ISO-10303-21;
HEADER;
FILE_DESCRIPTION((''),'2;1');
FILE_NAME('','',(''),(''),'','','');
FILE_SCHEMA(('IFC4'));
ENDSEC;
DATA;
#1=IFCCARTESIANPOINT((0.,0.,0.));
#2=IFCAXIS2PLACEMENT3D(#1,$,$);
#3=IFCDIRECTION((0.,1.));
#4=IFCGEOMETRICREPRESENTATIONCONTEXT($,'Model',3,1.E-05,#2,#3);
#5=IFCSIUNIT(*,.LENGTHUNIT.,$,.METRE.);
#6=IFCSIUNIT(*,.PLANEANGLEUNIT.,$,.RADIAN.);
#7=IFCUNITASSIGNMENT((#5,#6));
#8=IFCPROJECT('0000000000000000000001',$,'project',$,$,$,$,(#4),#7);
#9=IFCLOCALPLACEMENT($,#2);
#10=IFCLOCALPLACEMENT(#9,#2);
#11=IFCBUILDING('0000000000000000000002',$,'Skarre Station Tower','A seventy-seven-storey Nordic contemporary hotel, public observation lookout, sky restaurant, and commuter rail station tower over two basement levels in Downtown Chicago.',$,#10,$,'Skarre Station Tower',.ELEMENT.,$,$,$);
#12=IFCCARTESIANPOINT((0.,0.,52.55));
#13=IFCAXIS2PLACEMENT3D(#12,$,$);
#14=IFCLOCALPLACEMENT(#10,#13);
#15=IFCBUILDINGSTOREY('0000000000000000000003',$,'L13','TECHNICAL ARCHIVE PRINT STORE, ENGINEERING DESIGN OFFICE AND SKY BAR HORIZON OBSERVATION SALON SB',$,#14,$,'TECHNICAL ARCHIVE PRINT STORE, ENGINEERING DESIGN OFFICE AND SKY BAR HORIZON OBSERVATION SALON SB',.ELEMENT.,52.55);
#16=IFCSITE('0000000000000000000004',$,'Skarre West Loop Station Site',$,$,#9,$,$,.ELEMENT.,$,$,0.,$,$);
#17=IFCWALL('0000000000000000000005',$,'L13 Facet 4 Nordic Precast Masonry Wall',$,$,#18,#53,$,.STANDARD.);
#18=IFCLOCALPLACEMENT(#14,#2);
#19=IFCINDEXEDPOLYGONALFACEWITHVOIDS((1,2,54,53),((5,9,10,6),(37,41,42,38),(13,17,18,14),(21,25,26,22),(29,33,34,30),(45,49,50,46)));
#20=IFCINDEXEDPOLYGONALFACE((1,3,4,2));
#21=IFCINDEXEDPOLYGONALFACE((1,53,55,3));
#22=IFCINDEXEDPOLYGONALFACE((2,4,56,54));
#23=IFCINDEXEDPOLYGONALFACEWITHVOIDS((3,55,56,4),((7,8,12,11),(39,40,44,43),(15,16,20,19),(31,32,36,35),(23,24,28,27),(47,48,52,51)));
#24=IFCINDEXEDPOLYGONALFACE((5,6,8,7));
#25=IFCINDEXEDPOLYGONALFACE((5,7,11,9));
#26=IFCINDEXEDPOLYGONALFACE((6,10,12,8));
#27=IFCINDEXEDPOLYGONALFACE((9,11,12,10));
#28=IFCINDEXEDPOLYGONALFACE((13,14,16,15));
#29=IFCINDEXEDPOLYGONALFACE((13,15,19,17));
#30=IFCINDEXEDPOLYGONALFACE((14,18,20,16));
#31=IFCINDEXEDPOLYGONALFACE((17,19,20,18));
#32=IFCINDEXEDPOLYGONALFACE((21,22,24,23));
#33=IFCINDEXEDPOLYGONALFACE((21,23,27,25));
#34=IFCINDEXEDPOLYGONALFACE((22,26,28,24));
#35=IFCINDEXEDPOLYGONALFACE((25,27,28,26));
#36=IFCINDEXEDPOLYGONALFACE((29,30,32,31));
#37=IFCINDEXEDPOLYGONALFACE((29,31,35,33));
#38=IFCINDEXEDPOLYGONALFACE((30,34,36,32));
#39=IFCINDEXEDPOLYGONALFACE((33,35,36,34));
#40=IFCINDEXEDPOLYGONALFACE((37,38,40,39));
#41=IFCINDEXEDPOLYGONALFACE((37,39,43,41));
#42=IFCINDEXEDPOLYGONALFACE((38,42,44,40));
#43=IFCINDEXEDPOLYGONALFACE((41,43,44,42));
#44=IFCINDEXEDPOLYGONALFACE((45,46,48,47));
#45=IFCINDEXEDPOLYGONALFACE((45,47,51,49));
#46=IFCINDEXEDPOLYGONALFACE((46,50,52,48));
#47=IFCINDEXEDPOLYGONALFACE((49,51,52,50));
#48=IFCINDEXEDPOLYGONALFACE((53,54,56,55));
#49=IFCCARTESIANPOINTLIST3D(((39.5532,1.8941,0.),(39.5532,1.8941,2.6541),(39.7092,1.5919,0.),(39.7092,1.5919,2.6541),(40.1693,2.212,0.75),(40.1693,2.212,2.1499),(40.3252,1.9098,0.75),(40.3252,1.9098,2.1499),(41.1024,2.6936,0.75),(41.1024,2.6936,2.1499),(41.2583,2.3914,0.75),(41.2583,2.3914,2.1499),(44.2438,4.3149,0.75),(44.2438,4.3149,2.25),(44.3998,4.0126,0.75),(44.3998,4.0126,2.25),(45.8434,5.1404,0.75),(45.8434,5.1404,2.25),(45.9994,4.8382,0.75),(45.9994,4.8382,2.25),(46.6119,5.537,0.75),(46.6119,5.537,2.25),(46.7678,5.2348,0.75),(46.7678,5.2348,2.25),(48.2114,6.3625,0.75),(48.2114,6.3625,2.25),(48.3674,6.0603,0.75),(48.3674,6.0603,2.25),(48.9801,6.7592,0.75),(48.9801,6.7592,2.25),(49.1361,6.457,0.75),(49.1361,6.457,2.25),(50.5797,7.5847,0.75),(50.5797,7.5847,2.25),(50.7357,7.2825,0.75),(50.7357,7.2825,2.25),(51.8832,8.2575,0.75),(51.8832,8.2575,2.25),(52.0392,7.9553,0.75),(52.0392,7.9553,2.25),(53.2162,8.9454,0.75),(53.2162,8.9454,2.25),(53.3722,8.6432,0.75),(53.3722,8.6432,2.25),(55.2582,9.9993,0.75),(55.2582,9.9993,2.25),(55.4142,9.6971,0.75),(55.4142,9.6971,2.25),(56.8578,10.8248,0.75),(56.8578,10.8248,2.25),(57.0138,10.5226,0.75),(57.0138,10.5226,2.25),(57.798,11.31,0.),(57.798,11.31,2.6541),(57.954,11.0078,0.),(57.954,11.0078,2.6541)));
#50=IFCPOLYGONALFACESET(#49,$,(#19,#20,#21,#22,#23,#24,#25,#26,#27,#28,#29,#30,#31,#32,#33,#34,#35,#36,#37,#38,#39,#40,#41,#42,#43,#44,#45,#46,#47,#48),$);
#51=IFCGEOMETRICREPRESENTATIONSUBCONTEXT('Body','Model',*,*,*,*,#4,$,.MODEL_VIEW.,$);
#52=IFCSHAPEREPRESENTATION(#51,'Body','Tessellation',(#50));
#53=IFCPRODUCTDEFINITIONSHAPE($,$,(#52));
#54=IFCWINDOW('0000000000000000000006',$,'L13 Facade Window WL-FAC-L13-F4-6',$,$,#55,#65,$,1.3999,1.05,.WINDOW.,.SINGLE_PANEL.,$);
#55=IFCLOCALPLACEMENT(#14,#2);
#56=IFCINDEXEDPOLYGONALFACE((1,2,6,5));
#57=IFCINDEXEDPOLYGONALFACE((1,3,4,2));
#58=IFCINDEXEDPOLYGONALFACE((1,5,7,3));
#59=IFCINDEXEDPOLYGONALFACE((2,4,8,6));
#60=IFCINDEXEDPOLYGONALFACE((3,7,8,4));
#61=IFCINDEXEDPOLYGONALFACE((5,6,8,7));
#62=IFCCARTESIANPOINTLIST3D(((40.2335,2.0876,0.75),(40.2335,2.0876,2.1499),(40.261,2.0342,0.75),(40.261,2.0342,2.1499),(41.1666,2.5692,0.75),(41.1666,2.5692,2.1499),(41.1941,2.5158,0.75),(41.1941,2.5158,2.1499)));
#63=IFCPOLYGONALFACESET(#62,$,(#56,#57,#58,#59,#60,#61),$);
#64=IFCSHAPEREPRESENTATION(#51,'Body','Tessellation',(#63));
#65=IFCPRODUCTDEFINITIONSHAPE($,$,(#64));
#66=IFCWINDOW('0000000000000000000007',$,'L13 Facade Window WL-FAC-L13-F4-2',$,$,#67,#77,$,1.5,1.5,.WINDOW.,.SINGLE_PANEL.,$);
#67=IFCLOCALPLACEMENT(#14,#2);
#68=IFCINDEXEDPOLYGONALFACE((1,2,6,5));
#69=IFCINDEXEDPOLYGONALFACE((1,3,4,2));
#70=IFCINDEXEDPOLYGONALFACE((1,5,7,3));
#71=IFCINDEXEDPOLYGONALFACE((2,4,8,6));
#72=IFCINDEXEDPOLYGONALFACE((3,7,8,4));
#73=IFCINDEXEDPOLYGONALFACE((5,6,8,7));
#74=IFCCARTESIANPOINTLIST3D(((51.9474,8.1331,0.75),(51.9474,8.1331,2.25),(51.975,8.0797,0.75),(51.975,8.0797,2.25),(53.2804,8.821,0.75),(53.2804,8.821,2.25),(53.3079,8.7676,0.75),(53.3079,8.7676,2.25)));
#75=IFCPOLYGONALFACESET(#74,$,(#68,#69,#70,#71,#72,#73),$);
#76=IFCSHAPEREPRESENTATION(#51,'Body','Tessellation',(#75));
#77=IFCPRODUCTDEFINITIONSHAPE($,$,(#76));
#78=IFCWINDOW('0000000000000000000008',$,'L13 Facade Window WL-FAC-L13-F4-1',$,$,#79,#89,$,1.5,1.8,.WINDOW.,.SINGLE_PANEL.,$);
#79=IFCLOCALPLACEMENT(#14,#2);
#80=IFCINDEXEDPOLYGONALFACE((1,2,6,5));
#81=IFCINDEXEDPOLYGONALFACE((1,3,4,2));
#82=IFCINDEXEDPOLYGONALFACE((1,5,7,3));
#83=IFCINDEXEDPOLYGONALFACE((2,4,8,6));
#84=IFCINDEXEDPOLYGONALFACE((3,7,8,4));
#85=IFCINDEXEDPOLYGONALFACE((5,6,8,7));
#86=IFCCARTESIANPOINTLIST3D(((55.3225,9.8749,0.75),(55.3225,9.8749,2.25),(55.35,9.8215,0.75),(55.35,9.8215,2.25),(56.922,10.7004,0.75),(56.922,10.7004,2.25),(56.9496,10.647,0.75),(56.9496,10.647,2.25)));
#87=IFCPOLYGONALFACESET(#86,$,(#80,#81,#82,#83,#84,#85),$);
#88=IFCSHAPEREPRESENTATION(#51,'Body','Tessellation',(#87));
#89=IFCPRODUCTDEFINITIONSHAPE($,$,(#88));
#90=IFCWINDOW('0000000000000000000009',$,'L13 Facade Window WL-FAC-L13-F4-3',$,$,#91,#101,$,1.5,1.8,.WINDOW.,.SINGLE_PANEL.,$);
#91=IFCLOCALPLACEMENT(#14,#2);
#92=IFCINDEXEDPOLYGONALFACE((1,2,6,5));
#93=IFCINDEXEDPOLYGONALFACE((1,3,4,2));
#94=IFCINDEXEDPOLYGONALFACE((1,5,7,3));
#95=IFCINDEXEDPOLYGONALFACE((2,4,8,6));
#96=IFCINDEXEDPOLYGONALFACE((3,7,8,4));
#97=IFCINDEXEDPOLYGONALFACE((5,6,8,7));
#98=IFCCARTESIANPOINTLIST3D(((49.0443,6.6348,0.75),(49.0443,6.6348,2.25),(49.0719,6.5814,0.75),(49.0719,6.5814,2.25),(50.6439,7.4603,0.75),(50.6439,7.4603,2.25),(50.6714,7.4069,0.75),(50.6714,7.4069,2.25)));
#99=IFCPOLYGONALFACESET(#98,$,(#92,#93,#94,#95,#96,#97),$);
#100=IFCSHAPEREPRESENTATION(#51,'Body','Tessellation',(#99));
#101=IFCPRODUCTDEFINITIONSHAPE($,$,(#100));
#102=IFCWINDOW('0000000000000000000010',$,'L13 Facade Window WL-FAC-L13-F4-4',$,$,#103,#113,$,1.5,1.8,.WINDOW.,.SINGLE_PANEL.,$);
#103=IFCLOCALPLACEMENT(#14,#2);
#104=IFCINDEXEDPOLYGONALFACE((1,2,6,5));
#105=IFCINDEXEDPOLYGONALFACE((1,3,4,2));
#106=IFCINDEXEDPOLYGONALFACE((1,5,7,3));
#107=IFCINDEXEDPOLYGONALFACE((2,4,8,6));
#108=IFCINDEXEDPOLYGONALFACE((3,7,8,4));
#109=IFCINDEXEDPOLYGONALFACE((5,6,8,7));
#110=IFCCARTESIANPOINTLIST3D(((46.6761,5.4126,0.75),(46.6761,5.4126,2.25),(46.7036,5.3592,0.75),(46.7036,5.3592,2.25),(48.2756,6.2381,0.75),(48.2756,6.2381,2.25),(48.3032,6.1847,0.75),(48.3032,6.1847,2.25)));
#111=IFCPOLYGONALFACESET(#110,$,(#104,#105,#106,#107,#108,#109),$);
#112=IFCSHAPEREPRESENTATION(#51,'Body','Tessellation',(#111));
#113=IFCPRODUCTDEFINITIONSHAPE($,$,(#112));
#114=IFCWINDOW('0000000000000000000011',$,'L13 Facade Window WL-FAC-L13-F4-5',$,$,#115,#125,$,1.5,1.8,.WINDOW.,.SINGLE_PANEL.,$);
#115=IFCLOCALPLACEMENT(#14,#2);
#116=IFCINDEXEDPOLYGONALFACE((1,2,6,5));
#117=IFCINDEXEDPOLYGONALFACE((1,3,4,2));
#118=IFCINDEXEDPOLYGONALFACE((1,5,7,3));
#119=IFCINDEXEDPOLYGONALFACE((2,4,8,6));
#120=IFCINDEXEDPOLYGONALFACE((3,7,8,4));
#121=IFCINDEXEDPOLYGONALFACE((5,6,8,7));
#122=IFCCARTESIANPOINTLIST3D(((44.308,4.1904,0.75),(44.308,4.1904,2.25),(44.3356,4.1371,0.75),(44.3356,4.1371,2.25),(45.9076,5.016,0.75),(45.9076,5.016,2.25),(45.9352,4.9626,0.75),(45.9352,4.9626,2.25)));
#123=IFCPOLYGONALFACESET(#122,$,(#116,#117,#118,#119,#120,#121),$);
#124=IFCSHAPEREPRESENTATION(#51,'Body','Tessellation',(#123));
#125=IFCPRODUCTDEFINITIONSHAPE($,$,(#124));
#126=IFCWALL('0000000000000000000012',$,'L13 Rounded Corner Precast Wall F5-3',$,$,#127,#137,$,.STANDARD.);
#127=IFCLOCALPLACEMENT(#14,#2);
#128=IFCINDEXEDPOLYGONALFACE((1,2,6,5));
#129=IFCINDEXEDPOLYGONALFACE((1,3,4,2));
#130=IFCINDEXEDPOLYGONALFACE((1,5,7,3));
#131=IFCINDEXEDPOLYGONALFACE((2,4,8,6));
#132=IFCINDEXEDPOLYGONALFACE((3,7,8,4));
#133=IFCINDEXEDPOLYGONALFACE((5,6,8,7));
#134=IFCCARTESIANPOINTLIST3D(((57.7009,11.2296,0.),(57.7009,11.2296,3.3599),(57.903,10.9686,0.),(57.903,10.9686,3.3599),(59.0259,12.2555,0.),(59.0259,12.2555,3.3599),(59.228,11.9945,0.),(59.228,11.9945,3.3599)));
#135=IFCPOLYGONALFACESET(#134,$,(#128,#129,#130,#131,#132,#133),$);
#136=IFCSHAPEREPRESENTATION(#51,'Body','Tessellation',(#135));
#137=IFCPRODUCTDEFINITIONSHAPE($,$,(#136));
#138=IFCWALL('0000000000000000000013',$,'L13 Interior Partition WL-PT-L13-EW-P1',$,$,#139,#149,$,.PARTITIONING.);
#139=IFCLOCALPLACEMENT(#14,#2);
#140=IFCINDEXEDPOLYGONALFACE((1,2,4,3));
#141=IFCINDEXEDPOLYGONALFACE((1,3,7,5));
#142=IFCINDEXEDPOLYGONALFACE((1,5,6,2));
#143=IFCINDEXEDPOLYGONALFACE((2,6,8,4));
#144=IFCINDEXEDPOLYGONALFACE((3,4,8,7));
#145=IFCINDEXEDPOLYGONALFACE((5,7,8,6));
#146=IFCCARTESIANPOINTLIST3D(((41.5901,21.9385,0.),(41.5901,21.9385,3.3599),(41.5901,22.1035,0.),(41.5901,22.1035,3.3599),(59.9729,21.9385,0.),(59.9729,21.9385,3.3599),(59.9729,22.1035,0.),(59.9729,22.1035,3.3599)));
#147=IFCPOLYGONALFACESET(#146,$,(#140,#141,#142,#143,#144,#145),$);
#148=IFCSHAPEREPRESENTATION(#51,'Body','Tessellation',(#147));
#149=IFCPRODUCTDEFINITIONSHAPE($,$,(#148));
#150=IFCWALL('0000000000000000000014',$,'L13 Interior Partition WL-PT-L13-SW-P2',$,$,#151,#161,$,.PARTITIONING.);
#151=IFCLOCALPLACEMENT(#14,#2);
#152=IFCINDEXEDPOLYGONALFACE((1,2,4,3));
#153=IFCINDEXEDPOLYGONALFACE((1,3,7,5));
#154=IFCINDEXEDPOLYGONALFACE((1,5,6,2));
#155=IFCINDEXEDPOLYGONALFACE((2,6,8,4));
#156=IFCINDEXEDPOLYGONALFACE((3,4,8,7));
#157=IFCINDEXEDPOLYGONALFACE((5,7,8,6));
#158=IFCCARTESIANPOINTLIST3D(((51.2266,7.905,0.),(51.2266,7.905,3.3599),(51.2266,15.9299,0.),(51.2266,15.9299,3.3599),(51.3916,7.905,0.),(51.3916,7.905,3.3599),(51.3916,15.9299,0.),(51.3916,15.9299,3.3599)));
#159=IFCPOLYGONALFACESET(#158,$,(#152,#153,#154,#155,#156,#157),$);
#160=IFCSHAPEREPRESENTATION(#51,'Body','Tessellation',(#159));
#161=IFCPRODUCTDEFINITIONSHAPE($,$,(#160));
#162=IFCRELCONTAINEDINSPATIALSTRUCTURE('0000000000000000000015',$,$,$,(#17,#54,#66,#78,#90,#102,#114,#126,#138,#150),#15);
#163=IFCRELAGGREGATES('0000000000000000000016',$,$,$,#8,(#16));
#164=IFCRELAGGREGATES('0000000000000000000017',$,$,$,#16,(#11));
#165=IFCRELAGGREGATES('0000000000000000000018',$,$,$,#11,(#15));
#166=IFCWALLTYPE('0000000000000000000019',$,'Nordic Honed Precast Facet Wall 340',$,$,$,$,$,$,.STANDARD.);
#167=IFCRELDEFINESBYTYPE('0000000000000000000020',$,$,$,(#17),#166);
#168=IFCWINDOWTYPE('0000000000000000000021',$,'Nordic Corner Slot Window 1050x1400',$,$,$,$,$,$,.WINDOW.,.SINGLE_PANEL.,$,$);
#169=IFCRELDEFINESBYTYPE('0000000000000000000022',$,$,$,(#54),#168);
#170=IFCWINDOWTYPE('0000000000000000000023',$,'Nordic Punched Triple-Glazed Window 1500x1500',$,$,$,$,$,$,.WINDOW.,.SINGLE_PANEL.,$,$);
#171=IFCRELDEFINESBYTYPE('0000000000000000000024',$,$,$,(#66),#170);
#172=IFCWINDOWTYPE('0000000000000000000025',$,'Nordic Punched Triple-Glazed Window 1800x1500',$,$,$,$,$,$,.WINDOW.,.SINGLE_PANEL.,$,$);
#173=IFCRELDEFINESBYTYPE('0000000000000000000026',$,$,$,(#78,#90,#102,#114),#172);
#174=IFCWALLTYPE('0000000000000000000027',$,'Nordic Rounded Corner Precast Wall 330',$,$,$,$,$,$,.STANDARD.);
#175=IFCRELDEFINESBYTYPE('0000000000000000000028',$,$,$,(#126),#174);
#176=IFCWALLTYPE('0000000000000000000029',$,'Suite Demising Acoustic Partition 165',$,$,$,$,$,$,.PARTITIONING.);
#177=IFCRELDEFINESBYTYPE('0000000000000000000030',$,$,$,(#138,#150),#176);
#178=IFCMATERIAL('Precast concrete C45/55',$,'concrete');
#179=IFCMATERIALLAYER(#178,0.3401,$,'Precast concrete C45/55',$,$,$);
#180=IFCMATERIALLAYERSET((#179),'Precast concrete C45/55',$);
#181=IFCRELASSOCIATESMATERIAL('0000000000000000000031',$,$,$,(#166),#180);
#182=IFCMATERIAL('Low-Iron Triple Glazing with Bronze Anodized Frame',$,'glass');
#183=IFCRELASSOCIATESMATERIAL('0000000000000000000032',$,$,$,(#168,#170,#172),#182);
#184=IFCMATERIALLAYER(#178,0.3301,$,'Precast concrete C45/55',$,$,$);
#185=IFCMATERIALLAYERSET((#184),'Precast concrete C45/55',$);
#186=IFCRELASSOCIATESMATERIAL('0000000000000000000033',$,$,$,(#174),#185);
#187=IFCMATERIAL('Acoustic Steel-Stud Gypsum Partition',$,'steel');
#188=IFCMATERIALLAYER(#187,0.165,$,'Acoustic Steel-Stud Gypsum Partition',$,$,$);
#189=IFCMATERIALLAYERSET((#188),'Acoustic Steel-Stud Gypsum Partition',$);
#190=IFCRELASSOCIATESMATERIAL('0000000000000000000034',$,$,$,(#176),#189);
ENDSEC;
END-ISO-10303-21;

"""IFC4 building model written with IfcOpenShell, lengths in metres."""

from ifc_helpers import new_model, si_unit, direction, frame, frame_2d, origin, place, context, subcontext, project, spatial, rectangle, extrude, material, layer, layer_set, type_object, element, fill, save


model = new_model("IFC4")

# Units and contexts
model_context = context("Model", 3, precision=1e-05, world=origin(), true_north=direction((0.0, 1.0)))
body_context = subcontext(model_context, "Body", "Model", "MODEL_VIEW")
ifc_project = project(units=[si_unit("LENGTHUNIT", "METRE"), si_unit("PLANEANGLEUNIT", "RADIAN")], contexts=[model_context])

# Site, building, storey
site_placement = place(None, origin())
site = spatial("IfcSite", under=ifc_project, at=site_placement, Name="Skarre West Loop Station Site", CompositionType="ELEMENT", RefElevation=0.0)
building_placement = place(site_placement, origin())
building = spatial("IfcBuilding", under=site, at=building_placement, Name="Skarre Station Tower", Description="A seventy-seven-storey Nordic contemporary hotel, public observation lookout, sky restaurant, and commuter rail station tower over two basement levels in Downtown Chicago.", LongName="Skarre Station Tower", CompositionType="ELEMENT")
storey_placement = place(building_placement, frame((0.0, 0.0, 52.55)))
storey = spatial("IfcBuildingStorey", under=building, at=storey_placement, Name="L13", Description="TECHNICAL ARCHIVE PRINT STORE, ENGINEERING DESIGN OFFICE AND SKY BAR HORIZON OBSERVATION SALON SB", LongName="TECHNICAL ARCHIVE PRINT STORE, ENGINEERING DESIGN OFFICE AND SKY BAR HORIZON OBSERVATION SALON SB", CompositionType="ELEMENT", Elevation=52.55)

# Shared definitions
ifc_material_1 = material(Name="Acoustic Steel-Stud Gypsum Partition", Category="steel")

# Wall, openings, windows
ifc_material_2 = material(Name="Precast concrete C45/55", Category="concrete")
ifc_layer_1 = layer(ifc_material_2, 0.3401, Name="Precast concrete C45/55")
ifc_layer_set_1 = layer_set([ifc_layer_1], Name="Precast concrete C45/55")
wall_type_1 = type_object("IfcWallType", Name="Nordic Honed Precast Facet Wall 340", PredefinedType="STANDARD", material=ifc_layer_set_1)
wall_1_placement = place(storey_placement, frame((57.876, 11.1589, 0.0), z_axis=(0.0, 0.0, 1.0), x_axis=(-0.888634, -0.458616, 0.0)))
wall_1 = element("IfcWall", 1, at=wall_1_placement, inside=storey, type_object=wall_type_1, Name="L13 Facet 4 Nordic Precast Masonry Wall", PredefinedType="STANDARD", context=body_context, shape_type="SweptSolid", body=[
    extrude(rectangle(XDim=20.5312, YDim=0.3401, at=frame_2d((10.2656, 0.0))), origin(), (0.0, 0.0, 1.0), 2.6541),
])
opening_1_placement = place(wall_1_placement, frame((1.0581, 0.0, 0.75)))
opening_1 = element("IfcOpeningElement", 2, at=opening_1_placement, cuts=wall_1, PredefinedType="OPENING", context=body_context, shape_type="SweptSolid", body=[
    extrude(rectangle(XDim=1.8, YDim=1.5, at=frame_2d((0.8999, 0.75))), frame((0.0, 0.1799, 0.0), z_axis=(0.0, -1.0, 0.0), x_axis=(1.0, 0.0, 0.0)), (0.0, 0.0, 1.0), 0.3601),
])
opening_2_placement = place(wall_1_placement, frame((5.156, 0.0, 0.75)))
opening_2 = element("IfcOpeningElement", 3, at=opening_2_placement, cuts=wall_1, PredefinedType="OPENING", context=body_context, shape_type="SweptSolid", body=[
    extrude(rectangle(XDim=1.5, YDim=1.5, at=frame_2d((0.75, 0.75))), frame((0.0, 0.1799, 0.0), z_axis=(0.0, -1.0, 0.0), x_axis=(1.0, 0.0, 0.0)), (0.0, 0.0, 1.0), 0.3601),
])
opening_3_placement = place(wall_1_placement, frame((8.123, 0.0, 0.75)))
opening_3 = element("IfcOpeningElement", 4, at=opening_3_placement, cuts=wall_1, PredefinedType="OPENING", context=body_context, shape_type="SweptSolid", body=[
    extrude(rectangle(XDim=1.8, YDim=1.5, at=frame_2d((0.8999, 0.75))), frame((0.0, 0.1799, 0.0), z_axis=(0.0, -1.0, 0.0), x_axis=(1.0, 0.0, 0.0)), (0.0, 0.0, 1.0), 0.3601),
])
opening_4_placement = place(wall_1_placement, frame((10.7881, 0.0, 0.75)))
opening_4 = element("IfcOpeningElement", 5, at=opening_4_placement, cuts=wall_1, PredefinedType="OPENING", context=body_context, shape_type="SweptSolid", body=[
    extrude(rectangle(XDim=1.8, YDim=1.5, at=frame_2d((0.8999, 0.75))), frame((0.0, 0.1799, 0.0), z_axis=(0.0, -1.0, 0.0), x_axis=(1.0, 0.0, 0.0)), (0.0, 0.0, 1.0), 0.3601),
])
opening_5_placement = place(wall_1_placement, frame((13.4529, 0.0, 0.75)))
opening_5 = element("IfcOpeningElement", 6, at=opening_5_placement, cuts=wall_1, PredefinedType="OPENING", context=body_context, shape_type="SweptSolid", body=[
    extrude(rectangle(XDim=1.8, YDim=1.5, at=frame_2d((0.8999, 0.75))), frame((0.0, 0.1799, 0.0), z_axis=(0.0, -1.0, 0.0), x_axis=(1.0, 0.0, 0.0)), (0.0, 0.0, 1.0), 0.3601),
])
opening_6_placement = place(wall_1_placement, frame((18.7881, 0.0, 0.75)))
opening_6 = element("IfcOpeningElement", 7, at=opening_6_placement, cuts=wall_1, PredefinedType="OPENING", context=body_context, shape_type="SweptSolid", body=[
    extrude(rectangle(XDim=1.05, YDim=1.3999, at=frame_2d((0.5249, 0.7))), frame((0.0, 0.1799, 0.0), z_axis=(0.0, -1.0, 0.0), x_axis=(1.0, 0.0, 0.0)), (0.0, 0.0, 1.0), 0.3601),
])
ifc_material_3 = material(Name="Low-Iron Triple Glazing with Bronze Anodized Frame", Category="glass")
window_type_1 = type_object("IfcWindowType", Name="Nordic Corner Slot Window 1050x1400", PartitioningType="SINGLE_PANEL", PredefinedType="WINDOW", material=ifc_material_3)
window_1_placement = place(opening_6_placement, origin())
window_1 = element("IfcWindow", 8, at=window_1_placement, inside=storey, type_object=window_type_1, Name="L13 Facade Window WL-FAC-L13-F4-6", OverallHeight=1.3999, OverallWidth=1.05, PartitioningType="SINGLE_PANEL", PredefinedType="WINDOW", context=body_context, shape_type="SweptSolid", body=[
    extrude(rectangle(XDim=1.05, YDim=1.3999, at=frame_2d((0.5249, 0.7))), frame((0.0, 0.03, 0.0), z_axis=(0.0, -1.0, 0.0), x_axis=(1.0, 0.0, 0.0)), (0.0, 0.0, 1.0), 0.0601),
])
fill(opening_6, window_1)
window_type_2 = type_object("IfcWindowType", Name="Nordic Punched Triple-Glazed Window 1500x1500", PartitioningType="SINGLE_PANEL", PredefinedType="WINDOW", material=ifc_material_3)
window_2_placement = place(opening_2_placement, origin())
window_2 = element("IfcWindow", 9, at=window_2_placement, inside=storey, type_object=window_type_2, Name="L13 Facade Window WL-FAC-L13-F4-2", OverallHeight=1.5, OverallWidth=1.5, PartitioningType="SINGLE_PANEL", PredefinedType="WINDOW", context=body_context, shape_type="SweptSolid", body=[
    extrude(rectangle(XDim=1.5, YDim=1.5, at=frame_2d((0.75, 0.75))), frame((0.0, 0.03, 0.0), z_axis=(0.0, -1.0, 0.0), x_axis=(1.0, 0.0, 0.0)), (0.0, 0.0, 1.0), 0.0601),
])
fill(opening_2, window_2)
window_type_3 = type_object("IfcWindowType", Name="Nordic Punched Triple-Glazed Window 1800x1500", PartitioningType="SINGLE_PANEL", PredefinedType="WINDOW", material=ifc_material_3)
window_3_placement = place(opening_1_placement, origin())
window_3 = element("IfcWindow", 10, at=window_3_placement, inside=storey, type_object=window_type_3, Name="L13 Facade Window WL-FAC-L13-F4-1", OverallHeight=1.5, OverallWidth=1.8, PartitioningType="SINGLE_PANEL", PredefinedType="WINDOW", context=body_context, shape_type="SweptSolid", body=[
    extrude(rectangle(XDim=1.8, YDim=1.5, at=frame_2d((0.8999, 0.75))), frame((0.0, 0.03, 0.0), z_axis=(0.0, -1.0, 0.0), x_axis=(1.0, 0.0, 0.0)), (0.0, 0.0, 1.0), 0.0601),
])
fill(opening_1, window_3)
window_4_placement = place(opening_3_placement, origin())
window_4 = element("IfcWindow", 11, at=window_4_placement, inside=storey, type_object=window_type_3, Name="L13 Facade Window WL-FAC-L13-F4-3", OverallHeight=1.5, OverallWidth=1.8, PartitioningType="SINGLE_PANEL", PredefinedType="WINDOW", context=body_context, shape_type="SweptSolid", body=[
    extrude(rectangle(XDim=1.8, YDim=1.5, at=frame_2d((0.8999, 0.75))), frame((0.0, 0.03, 0.0), z_axis=(0.0, -1.0, 0.0), x_axis=(1.0, 0.0, 0.0)), (0.0, 0.0, 1.0), 0.0601),
])
fill(opening_3, window_4)
window_5_placement = place(opening_4_placement, origin())
window_5 = element("IfcWindow", 12, at=window_5_placement, inside=storey, type_object=window_type_3, Name="L13 Facade Window WL-FAC-L13-F4-4", OverallHeight=1.5, OverallWidth=1.8, PartitioningType="SINGLE_PANEL", PredefinedType="WINDOW", context=body_context, shape_type="SweptSolid", body=[
    extrude(rectangle(XDim=1.8, YDim=1.5, at=frame_2d((0.8999, 0.75))), frame((0.0, 0.03, 0.0), z_axis=(0.0, -1.0, 0.0), x_axis=(1.0, 0.0, 0.0)), (0.0, 0.0, 1.0), 0.0601),
])
fill(opening_4, window_5)
window_6_placement = place(opening_5_placement, origin())
window_6 = element("IfcWindow", 13, at=window_6_placement, inside=storey, type_object=window_type_3, Name="L13 Facade Window WL-FAC-L13-F4-5", OverallHeight=1.5, OverallWidth=1.8, PartitioningType="SINGLE_PANEL", PredefinedType="WINDOW", context=body_context, shape_type="SweptSolid", body=[
    extrude(rectangle(XDim=1.8, YDim=1.5, at=frame_2d((0.8999, 0.75))), frame((0.0, 0.03, 0.0), z_axis=(0.0, -1.0, 0.0), x_axis=(1.0, 0.0, 0.0)), (0.0, 0.0, 1.0), 0.0601),
])
fill(opening_5, window_6)

# Walls
ifc_layer_2 = layer(ifc_material_2, 0.3301, Name="Precast concrete C45/55")
ifc_layer_set_2 = layer_set([ifc_layer_2], Name="Precast concrete C45/55")
wall_type_2 = type_object("IfcWallType", Name="Nordic Rounded Corner Precast Wall 330", PredefinedType="STANDARD", material=ifc_layer_set_2)
wall_2_placement = place(storey_placement, frame((59.127, 12.125, 0.0), z_axis=(0.0, 0.0, 1.0), x_axis=(-0.790692, -0.612214, 0.0)))
element("IfcWall", 14, at=wall_2_placement, inside=storey, type_object=wall_type_2, Name="L13 Rounded Corner Precast Wall F5-3", PredefinedType="STANDARD", context=body_context, shape_type="SweptSolid", body=[
    extrude(rectangle(XDim=1.6758, YDim=0.3301, at=frame_2d((0.8379, 0.0))), origin(), (0.0, 0.0, 1.0), 3.3599),
])
ifc_layer_3 = layer(ifc_material_1, 0.165, Name="Acoustic Steel-Stud Gypsum Partition")
ifc_layer_set_3 = layer_set([ifc_layer_3], Name="Acoustic Steel-Stud Gypsum Partition")
wall_type_3 = type_object("IfcWallType", Name="Suite Demising Acoustic Partition 165", PredefinedType="PARTITIONING", material=ifc_layer_set_3)
wall_3_placement = place(storey_placement, frame((41.5901, 22.021, 0.0), z_axis=(0.0, 0.0, 1.0), x_axis=(1.0, 0.0, 0.0)))
element("IfcWall", 15, at=wall_3_placement, inside=storey, type_object=wall_type_3, Name="L13 Interior Partition WL-PT-L13-EW-P1", PredefinedType="PARTITIONING", context=body_context, shape_type="SweptSolid", body=[
    extrude(rectangle(XDim=18.3828, YDim=0.165, at=frame_2d((9.1914, 0.0))), origin(), (0.0, 0.0, 1.0), 3.3599),
])
wall_4_placement = place(storey_placement, frame((51.3091, 7.905, 0.0), z_axis=(0.0, 0.0, 1.0), x_axis=(0.0, 1.0, 0.0)))
element("IfcWall", 16, at=wall_4_placement, inside=storey, type_object=wall_type_3, Name="L13 Interior Partition WL-PT-L13-SW-P2", PredefinedType="PARTITIONING", context=body_context, shape_type="SweptSolid", body=[
    extrude(rectangle(XDim=8.0249, YDim=0.165, at=frame_2d((4.0125, 0.0))), origin(), (0.0, 0.0, 1.0), 3.3599),
])

save(model, "model.ifc")
